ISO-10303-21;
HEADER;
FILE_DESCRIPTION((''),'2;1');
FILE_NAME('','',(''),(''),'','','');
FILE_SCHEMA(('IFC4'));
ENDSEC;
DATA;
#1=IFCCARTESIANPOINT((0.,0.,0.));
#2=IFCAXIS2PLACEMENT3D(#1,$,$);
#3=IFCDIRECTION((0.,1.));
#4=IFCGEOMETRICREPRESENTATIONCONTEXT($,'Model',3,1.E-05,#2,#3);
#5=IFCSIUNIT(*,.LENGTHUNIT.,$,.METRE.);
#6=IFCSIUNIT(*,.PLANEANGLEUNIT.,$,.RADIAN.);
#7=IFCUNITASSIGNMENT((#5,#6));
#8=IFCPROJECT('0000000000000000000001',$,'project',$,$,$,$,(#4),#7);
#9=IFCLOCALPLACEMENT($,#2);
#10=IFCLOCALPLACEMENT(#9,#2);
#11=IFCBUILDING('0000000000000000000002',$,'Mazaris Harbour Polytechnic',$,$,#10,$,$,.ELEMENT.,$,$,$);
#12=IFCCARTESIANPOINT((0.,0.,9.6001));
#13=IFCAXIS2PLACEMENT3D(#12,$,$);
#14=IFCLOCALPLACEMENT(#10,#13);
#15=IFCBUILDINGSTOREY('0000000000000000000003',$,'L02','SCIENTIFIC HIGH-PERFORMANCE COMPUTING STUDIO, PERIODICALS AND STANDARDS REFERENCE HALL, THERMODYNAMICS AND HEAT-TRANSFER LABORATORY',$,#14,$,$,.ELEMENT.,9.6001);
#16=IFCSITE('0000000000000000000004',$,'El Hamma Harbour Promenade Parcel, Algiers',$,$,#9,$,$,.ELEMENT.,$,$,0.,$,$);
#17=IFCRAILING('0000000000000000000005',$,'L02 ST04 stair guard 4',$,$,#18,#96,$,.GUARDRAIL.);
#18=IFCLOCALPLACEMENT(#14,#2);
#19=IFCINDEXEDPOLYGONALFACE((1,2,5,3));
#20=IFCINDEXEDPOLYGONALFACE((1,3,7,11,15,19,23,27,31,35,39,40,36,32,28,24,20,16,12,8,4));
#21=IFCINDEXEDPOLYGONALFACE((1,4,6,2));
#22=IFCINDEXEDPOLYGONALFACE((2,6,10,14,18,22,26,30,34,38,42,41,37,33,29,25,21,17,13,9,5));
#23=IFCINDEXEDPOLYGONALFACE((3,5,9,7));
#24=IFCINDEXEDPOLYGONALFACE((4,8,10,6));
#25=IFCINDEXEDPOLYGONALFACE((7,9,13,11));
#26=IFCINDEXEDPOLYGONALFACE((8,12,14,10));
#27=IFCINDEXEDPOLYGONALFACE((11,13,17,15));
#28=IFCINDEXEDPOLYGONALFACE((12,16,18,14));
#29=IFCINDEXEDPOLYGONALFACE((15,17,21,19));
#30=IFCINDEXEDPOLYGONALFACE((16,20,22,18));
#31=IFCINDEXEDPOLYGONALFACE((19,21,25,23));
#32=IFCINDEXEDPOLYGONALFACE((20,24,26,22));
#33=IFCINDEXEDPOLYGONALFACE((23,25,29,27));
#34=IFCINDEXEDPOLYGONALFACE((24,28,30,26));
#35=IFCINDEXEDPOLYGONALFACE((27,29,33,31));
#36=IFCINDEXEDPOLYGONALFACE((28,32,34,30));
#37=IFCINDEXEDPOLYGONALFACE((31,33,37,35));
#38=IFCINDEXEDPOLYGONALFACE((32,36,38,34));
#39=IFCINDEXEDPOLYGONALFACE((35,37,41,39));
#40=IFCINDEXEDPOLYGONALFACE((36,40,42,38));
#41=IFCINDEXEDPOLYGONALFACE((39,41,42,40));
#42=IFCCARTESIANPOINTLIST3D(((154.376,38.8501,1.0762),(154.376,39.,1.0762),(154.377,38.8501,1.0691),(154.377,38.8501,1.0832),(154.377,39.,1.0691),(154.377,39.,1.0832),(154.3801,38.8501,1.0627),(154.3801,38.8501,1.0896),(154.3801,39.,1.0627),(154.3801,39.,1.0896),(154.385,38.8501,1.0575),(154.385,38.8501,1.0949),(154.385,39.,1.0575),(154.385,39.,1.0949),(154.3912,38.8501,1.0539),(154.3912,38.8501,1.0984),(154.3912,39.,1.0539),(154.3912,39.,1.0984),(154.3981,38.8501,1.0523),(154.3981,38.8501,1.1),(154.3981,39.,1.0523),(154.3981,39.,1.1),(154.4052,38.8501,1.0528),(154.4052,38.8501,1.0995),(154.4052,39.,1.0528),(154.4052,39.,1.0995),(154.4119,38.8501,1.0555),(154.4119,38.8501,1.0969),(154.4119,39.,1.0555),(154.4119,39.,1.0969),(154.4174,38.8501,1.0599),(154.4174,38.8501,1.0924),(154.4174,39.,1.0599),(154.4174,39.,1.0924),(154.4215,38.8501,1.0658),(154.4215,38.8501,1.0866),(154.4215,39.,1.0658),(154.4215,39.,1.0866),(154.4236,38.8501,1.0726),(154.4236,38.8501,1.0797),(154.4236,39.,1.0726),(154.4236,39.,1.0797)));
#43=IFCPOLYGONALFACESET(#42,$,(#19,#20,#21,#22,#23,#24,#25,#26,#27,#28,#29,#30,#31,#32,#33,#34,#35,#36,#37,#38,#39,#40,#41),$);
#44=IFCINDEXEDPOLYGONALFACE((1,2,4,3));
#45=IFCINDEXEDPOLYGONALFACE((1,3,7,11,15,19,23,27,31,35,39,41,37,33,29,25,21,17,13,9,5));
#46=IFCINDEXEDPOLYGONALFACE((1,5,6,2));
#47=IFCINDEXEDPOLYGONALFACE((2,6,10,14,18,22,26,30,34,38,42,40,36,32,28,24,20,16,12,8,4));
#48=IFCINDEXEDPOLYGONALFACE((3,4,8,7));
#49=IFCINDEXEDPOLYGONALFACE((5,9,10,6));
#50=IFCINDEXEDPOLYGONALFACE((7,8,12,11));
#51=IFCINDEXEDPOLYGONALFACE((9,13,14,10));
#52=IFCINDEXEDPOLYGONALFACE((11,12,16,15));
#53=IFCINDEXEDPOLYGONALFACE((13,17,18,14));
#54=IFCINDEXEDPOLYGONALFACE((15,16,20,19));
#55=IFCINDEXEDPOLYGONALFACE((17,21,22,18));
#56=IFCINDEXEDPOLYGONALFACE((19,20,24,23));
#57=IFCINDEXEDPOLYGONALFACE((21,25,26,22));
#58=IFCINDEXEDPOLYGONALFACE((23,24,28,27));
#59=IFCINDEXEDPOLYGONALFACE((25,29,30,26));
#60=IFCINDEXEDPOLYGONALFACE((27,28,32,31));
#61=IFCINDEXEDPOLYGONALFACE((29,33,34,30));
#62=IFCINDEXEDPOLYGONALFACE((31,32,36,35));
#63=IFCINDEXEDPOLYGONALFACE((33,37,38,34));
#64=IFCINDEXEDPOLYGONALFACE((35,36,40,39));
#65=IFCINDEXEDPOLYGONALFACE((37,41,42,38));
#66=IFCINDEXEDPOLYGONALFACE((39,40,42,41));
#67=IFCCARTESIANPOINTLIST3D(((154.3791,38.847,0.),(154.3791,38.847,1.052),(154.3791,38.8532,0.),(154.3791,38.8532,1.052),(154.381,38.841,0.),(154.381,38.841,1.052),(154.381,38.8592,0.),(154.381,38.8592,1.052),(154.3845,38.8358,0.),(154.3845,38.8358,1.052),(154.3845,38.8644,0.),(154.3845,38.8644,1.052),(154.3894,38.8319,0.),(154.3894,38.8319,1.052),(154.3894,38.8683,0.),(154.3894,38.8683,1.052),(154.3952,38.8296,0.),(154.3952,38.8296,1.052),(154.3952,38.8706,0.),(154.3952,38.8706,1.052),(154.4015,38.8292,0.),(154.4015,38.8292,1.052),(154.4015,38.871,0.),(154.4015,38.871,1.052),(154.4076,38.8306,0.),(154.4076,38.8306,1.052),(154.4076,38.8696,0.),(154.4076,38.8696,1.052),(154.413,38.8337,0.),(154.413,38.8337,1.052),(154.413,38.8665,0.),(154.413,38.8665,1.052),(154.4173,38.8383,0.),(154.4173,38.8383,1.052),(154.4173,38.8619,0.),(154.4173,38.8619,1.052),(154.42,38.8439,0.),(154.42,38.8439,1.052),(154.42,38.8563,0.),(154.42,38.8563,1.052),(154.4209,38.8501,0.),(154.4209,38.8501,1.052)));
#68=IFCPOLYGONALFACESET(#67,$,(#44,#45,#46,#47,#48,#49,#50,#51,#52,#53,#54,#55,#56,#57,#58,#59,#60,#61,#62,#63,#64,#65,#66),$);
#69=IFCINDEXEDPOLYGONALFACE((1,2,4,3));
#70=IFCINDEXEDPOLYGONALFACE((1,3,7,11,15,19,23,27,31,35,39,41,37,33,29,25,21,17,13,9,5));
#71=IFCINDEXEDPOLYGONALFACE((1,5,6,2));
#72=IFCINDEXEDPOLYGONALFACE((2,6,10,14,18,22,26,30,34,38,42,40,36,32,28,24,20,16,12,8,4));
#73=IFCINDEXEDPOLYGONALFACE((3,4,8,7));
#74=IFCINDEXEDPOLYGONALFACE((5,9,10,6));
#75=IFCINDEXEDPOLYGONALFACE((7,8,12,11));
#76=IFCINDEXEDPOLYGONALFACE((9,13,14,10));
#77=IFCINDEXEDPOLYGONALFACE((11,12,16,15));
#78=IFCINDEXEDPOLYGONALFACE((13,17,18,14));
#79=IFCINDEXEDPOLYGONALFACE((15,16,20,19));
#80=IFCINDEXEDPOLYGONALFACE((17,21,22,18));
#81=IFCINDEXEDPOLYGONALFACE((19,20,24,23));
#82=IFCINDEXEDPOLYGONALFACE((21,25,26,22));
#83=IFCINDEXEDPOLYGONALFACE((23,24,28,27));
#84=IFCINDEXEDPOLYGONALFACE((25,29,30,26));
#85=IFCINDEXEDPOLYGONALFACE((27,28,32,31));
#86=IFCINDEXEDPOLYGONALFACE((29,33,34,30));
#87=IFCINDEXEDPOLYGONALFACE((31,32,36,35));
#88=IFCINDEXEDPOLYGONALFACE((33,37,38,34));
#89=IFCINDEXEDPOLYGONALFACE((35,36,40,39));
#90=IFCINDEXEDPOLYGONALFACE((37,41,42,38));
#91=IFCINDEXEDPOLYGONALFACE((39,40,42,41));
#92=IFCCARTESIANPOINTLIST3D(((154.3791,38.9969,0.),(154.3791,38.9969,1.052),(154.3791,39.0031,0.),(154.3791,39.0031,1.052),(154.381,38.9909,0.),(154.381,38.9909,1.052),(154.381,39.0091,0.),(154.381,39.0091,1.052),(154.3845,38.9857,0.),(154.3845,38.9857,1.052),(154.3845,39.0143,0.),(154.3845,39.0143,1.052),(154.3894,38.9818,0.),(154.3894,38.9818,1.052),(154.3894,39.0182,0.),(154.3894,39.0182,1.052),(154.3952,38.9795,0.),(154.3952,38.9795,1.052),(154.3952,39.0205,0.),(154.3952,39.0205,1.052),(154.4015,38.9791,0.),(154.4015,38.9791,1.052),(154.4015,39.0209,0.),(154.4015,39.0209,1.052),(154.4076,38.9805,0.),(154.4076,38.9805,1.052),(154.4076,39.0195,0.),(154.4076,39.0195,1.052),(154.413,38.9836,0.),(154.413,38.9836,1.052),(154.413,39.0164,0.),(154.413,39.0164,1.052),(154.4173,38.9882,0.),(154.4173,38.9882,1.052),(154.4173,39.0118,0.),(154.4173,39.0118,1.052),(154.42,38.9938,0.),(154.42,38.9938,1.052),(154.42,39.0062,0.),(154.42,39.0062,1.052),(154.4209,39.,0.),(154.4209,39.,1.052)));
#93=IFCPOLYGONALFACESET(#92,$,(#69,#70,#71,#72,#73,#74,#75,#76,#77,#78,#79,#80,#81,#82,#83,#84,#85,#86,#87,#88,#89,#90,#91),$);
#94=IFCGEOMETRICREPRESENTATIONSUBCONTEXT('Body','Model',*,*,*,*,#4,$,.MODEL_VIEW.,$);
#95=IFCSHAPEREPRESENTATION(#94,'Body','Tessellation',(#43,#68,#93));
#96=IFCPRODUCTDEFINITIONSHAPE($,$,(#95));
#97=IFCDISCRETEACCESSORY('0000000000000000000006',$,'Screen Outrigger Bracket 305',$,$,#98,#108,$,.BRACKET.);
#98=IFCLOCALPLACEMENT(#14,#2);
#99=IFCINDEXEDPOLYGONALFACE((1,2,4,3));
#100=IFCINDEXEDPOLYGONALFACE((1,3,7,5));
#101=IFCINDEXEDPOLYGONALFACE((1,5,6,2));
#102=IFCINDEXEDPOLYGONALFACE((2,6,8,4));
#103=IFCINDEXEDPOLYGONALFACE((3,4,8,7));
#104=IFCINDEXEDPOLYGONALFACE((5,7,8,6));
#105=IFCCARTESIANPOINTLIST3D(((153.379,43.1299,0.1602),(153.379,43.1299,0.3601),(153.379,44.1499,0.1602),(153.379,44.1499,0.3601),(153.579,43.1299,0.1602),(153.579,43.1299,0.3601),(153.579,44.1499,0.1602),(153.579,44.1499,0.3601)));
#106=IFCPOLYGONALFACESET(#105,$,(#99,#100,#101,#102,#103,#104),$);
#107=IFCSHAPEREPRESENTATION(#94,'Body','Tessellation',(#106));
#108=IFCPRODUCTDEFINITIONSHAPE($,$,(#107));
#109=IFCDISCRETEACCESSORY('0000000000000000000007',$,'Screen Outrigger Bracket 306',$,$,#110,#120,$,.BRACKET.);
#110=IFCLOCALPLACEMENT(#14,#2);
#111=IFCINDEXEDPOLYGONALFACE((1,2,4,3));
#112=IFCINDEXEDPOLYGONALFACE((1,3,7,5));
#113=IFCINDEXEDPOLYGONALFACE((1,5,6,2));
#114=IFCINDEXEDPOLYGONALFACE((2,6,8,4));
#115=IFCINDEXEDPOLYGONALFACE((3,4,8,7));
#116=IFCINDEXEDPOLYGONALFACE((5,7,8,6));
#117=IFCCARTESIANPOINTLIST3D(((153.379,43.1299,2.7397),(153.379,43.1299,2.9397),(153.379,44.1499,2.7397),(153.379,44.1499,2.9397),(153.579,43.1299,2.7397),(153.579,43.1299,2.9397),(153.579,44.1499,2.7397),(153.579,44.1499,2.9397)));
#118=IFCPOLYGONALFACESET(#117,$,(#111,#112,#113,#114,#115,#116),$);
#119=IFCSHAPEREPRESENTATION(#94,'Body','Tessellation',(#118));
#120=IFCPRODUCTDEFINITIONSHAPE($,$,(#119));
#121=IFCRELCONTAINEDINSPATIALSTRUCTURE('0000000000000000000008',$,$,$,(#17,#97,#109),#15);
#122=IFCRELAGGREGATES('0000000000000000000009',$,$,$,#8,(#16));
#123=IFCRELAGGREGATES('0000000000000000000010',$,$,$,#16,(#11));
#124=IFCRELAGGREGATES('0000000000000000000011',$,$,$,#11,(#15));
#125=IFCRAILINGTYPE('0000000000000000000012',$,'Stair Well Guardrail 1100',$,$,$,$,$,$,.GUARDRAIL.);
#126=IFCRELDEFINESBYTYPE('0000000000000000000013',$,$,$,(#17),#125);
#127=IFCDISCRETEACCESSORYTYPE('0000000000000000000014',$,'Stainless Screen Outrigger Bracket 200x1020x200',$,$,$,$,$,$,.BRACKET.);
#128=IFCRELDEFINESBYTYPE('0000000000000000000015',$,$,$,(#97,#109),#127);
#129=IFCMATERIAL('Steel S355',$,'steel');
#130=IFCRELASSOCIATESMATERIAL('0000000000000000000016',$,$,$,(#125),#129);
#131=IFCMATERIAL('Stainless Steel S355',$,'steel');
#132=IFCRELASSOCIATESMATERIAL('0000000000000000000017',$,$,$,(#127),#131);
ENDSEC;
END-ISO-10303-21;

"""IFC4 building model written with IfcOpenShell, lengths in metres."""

from ifc_helpers import new_model, si_unit, direction, frame, origin, origin_2d, place, context, subcontext, project, spatial, rectangle, circle, extrude, material, type_object, element, save


model = new_model("IFC4")

# Units and contexts
model_context = context("Model", 3, precision=1e-05, world=origin(), true_north=direction((0.0, 1.0)))
body_context = subcontext(model_context, "Body", "Model", "MODEL_VIEW")
ifc_project = project(units=[si_unit("LENGTHUNIT", "METRE"), si_unit("PLANEANGLEUNIT", "RADIAN")], contexts=[model_context])

# Site, building, storey
site_placement = place(None, origin())
site = spatial("IfcSite", under=ifc_project, at=site_placement, Name="El Hamma Harbour Promenade Parcel, Algiers", CompositionType="ELEMENT", RefElevation=0.0)
building_placement = place(site_placement, origin())
building = spatial("IfcBuilding", under=site, at=building_placement, Name="Mazaris Harbour Polytechnic", CompositionType="ELEMENT")
storey_placement = place(building_placement, frame((0.0, 0.0, 9.6001)))
storey = spatial("IfcBuildingStorey", under=building, at=storey_placement, Name="L02", Description="SCIENTIFIC HIGH-PERFORMANCE COMPUTING STUDIO, PERIODICALS AND STANDARDS REFERENCE HALL, THERMODYNAMICS AND HEAT-TRANSFER LABORATORY", CompositionType="ELEMENT", Elevation=9.6001)

# Railing
ifc_material_1 = material(Name="Steel S355", Category="steel")
railing_type_1 = type_object("IfcRailingType", Name="Stair Well Guardrail 1100", PredefinedType="GUARDRAIL", material=ifc_material_1)
railing_1_placement = place(storey_placement, frame((154.3999, 38.8501, 0.0)))
element("IfcRailing", 1, at=railing_1_placement, inside=storey, type_object=railing_type_1, Name="L02 ST04 stair guard 4", PredefinedType="GUARDRAIL", context=body_context, shape_type="SweptSolid", body=[
    extrude(circle(Radius=0.0239, at=origin_2d()), frame((0.0, 0.0, 1.0762), z_axis=(0.0, 1.0, 0.0), x_axis=(-1.0, 0.0, 0.0)), (0.0, 0.0, 1.0), 0.1499),
    extrude(circle(Radius=0.021, at=origin_2d()), origin(), (0.0, 0.0, 1.0), 1.052),
    extrude(circle(Radius=0.021, at=origin_2d()), frame((0.0, 0.1499, 0.0)), (0.0, 0.0, 1.0), 1.052),
])

# Discrete accessories
ifc_material_2 = material(Name="Stainless Steel S355", Category="steel")
discrete_accessory_type = type_object("IfcDiscreteAccessoryType", Name="Stainless Screen Outrigger Bracket 200x1020x200", PredefinedType="BRACKET", material=ifc_material_2)
for number, where, z_axis, x_axis, name in (
    (2, (153.479, 43.6399, 0.1602), (0.0, 0.0, 1.0), (1.0, 0.0, 0.0), "Screen Outrigger Bracket 305"),
    (3, (153.479, 43.6399, 2.7397), (0.0, 0.0, 1.0), (1.0, 0.0, 0.0), "Screen Outrigger Bracket 306"),
):
    element("IfcDiscreteAccessory", number, at=place(storey_placement, frame(where, z_axis=z_axis, x_axis=x_axis)), inside=storey, type_object=discrete_accessory_type, Name=name, PredefinedType="BRACKET", context=body_context, shape_type="SweptSolid", body=[
        extrude(rectangle(XDim=0.2, YDim=1.02, at=origin_2d()), origin(), (0.0, 0.0, 1.0), 0.2),
    ])

save(model, "model.ifc")
